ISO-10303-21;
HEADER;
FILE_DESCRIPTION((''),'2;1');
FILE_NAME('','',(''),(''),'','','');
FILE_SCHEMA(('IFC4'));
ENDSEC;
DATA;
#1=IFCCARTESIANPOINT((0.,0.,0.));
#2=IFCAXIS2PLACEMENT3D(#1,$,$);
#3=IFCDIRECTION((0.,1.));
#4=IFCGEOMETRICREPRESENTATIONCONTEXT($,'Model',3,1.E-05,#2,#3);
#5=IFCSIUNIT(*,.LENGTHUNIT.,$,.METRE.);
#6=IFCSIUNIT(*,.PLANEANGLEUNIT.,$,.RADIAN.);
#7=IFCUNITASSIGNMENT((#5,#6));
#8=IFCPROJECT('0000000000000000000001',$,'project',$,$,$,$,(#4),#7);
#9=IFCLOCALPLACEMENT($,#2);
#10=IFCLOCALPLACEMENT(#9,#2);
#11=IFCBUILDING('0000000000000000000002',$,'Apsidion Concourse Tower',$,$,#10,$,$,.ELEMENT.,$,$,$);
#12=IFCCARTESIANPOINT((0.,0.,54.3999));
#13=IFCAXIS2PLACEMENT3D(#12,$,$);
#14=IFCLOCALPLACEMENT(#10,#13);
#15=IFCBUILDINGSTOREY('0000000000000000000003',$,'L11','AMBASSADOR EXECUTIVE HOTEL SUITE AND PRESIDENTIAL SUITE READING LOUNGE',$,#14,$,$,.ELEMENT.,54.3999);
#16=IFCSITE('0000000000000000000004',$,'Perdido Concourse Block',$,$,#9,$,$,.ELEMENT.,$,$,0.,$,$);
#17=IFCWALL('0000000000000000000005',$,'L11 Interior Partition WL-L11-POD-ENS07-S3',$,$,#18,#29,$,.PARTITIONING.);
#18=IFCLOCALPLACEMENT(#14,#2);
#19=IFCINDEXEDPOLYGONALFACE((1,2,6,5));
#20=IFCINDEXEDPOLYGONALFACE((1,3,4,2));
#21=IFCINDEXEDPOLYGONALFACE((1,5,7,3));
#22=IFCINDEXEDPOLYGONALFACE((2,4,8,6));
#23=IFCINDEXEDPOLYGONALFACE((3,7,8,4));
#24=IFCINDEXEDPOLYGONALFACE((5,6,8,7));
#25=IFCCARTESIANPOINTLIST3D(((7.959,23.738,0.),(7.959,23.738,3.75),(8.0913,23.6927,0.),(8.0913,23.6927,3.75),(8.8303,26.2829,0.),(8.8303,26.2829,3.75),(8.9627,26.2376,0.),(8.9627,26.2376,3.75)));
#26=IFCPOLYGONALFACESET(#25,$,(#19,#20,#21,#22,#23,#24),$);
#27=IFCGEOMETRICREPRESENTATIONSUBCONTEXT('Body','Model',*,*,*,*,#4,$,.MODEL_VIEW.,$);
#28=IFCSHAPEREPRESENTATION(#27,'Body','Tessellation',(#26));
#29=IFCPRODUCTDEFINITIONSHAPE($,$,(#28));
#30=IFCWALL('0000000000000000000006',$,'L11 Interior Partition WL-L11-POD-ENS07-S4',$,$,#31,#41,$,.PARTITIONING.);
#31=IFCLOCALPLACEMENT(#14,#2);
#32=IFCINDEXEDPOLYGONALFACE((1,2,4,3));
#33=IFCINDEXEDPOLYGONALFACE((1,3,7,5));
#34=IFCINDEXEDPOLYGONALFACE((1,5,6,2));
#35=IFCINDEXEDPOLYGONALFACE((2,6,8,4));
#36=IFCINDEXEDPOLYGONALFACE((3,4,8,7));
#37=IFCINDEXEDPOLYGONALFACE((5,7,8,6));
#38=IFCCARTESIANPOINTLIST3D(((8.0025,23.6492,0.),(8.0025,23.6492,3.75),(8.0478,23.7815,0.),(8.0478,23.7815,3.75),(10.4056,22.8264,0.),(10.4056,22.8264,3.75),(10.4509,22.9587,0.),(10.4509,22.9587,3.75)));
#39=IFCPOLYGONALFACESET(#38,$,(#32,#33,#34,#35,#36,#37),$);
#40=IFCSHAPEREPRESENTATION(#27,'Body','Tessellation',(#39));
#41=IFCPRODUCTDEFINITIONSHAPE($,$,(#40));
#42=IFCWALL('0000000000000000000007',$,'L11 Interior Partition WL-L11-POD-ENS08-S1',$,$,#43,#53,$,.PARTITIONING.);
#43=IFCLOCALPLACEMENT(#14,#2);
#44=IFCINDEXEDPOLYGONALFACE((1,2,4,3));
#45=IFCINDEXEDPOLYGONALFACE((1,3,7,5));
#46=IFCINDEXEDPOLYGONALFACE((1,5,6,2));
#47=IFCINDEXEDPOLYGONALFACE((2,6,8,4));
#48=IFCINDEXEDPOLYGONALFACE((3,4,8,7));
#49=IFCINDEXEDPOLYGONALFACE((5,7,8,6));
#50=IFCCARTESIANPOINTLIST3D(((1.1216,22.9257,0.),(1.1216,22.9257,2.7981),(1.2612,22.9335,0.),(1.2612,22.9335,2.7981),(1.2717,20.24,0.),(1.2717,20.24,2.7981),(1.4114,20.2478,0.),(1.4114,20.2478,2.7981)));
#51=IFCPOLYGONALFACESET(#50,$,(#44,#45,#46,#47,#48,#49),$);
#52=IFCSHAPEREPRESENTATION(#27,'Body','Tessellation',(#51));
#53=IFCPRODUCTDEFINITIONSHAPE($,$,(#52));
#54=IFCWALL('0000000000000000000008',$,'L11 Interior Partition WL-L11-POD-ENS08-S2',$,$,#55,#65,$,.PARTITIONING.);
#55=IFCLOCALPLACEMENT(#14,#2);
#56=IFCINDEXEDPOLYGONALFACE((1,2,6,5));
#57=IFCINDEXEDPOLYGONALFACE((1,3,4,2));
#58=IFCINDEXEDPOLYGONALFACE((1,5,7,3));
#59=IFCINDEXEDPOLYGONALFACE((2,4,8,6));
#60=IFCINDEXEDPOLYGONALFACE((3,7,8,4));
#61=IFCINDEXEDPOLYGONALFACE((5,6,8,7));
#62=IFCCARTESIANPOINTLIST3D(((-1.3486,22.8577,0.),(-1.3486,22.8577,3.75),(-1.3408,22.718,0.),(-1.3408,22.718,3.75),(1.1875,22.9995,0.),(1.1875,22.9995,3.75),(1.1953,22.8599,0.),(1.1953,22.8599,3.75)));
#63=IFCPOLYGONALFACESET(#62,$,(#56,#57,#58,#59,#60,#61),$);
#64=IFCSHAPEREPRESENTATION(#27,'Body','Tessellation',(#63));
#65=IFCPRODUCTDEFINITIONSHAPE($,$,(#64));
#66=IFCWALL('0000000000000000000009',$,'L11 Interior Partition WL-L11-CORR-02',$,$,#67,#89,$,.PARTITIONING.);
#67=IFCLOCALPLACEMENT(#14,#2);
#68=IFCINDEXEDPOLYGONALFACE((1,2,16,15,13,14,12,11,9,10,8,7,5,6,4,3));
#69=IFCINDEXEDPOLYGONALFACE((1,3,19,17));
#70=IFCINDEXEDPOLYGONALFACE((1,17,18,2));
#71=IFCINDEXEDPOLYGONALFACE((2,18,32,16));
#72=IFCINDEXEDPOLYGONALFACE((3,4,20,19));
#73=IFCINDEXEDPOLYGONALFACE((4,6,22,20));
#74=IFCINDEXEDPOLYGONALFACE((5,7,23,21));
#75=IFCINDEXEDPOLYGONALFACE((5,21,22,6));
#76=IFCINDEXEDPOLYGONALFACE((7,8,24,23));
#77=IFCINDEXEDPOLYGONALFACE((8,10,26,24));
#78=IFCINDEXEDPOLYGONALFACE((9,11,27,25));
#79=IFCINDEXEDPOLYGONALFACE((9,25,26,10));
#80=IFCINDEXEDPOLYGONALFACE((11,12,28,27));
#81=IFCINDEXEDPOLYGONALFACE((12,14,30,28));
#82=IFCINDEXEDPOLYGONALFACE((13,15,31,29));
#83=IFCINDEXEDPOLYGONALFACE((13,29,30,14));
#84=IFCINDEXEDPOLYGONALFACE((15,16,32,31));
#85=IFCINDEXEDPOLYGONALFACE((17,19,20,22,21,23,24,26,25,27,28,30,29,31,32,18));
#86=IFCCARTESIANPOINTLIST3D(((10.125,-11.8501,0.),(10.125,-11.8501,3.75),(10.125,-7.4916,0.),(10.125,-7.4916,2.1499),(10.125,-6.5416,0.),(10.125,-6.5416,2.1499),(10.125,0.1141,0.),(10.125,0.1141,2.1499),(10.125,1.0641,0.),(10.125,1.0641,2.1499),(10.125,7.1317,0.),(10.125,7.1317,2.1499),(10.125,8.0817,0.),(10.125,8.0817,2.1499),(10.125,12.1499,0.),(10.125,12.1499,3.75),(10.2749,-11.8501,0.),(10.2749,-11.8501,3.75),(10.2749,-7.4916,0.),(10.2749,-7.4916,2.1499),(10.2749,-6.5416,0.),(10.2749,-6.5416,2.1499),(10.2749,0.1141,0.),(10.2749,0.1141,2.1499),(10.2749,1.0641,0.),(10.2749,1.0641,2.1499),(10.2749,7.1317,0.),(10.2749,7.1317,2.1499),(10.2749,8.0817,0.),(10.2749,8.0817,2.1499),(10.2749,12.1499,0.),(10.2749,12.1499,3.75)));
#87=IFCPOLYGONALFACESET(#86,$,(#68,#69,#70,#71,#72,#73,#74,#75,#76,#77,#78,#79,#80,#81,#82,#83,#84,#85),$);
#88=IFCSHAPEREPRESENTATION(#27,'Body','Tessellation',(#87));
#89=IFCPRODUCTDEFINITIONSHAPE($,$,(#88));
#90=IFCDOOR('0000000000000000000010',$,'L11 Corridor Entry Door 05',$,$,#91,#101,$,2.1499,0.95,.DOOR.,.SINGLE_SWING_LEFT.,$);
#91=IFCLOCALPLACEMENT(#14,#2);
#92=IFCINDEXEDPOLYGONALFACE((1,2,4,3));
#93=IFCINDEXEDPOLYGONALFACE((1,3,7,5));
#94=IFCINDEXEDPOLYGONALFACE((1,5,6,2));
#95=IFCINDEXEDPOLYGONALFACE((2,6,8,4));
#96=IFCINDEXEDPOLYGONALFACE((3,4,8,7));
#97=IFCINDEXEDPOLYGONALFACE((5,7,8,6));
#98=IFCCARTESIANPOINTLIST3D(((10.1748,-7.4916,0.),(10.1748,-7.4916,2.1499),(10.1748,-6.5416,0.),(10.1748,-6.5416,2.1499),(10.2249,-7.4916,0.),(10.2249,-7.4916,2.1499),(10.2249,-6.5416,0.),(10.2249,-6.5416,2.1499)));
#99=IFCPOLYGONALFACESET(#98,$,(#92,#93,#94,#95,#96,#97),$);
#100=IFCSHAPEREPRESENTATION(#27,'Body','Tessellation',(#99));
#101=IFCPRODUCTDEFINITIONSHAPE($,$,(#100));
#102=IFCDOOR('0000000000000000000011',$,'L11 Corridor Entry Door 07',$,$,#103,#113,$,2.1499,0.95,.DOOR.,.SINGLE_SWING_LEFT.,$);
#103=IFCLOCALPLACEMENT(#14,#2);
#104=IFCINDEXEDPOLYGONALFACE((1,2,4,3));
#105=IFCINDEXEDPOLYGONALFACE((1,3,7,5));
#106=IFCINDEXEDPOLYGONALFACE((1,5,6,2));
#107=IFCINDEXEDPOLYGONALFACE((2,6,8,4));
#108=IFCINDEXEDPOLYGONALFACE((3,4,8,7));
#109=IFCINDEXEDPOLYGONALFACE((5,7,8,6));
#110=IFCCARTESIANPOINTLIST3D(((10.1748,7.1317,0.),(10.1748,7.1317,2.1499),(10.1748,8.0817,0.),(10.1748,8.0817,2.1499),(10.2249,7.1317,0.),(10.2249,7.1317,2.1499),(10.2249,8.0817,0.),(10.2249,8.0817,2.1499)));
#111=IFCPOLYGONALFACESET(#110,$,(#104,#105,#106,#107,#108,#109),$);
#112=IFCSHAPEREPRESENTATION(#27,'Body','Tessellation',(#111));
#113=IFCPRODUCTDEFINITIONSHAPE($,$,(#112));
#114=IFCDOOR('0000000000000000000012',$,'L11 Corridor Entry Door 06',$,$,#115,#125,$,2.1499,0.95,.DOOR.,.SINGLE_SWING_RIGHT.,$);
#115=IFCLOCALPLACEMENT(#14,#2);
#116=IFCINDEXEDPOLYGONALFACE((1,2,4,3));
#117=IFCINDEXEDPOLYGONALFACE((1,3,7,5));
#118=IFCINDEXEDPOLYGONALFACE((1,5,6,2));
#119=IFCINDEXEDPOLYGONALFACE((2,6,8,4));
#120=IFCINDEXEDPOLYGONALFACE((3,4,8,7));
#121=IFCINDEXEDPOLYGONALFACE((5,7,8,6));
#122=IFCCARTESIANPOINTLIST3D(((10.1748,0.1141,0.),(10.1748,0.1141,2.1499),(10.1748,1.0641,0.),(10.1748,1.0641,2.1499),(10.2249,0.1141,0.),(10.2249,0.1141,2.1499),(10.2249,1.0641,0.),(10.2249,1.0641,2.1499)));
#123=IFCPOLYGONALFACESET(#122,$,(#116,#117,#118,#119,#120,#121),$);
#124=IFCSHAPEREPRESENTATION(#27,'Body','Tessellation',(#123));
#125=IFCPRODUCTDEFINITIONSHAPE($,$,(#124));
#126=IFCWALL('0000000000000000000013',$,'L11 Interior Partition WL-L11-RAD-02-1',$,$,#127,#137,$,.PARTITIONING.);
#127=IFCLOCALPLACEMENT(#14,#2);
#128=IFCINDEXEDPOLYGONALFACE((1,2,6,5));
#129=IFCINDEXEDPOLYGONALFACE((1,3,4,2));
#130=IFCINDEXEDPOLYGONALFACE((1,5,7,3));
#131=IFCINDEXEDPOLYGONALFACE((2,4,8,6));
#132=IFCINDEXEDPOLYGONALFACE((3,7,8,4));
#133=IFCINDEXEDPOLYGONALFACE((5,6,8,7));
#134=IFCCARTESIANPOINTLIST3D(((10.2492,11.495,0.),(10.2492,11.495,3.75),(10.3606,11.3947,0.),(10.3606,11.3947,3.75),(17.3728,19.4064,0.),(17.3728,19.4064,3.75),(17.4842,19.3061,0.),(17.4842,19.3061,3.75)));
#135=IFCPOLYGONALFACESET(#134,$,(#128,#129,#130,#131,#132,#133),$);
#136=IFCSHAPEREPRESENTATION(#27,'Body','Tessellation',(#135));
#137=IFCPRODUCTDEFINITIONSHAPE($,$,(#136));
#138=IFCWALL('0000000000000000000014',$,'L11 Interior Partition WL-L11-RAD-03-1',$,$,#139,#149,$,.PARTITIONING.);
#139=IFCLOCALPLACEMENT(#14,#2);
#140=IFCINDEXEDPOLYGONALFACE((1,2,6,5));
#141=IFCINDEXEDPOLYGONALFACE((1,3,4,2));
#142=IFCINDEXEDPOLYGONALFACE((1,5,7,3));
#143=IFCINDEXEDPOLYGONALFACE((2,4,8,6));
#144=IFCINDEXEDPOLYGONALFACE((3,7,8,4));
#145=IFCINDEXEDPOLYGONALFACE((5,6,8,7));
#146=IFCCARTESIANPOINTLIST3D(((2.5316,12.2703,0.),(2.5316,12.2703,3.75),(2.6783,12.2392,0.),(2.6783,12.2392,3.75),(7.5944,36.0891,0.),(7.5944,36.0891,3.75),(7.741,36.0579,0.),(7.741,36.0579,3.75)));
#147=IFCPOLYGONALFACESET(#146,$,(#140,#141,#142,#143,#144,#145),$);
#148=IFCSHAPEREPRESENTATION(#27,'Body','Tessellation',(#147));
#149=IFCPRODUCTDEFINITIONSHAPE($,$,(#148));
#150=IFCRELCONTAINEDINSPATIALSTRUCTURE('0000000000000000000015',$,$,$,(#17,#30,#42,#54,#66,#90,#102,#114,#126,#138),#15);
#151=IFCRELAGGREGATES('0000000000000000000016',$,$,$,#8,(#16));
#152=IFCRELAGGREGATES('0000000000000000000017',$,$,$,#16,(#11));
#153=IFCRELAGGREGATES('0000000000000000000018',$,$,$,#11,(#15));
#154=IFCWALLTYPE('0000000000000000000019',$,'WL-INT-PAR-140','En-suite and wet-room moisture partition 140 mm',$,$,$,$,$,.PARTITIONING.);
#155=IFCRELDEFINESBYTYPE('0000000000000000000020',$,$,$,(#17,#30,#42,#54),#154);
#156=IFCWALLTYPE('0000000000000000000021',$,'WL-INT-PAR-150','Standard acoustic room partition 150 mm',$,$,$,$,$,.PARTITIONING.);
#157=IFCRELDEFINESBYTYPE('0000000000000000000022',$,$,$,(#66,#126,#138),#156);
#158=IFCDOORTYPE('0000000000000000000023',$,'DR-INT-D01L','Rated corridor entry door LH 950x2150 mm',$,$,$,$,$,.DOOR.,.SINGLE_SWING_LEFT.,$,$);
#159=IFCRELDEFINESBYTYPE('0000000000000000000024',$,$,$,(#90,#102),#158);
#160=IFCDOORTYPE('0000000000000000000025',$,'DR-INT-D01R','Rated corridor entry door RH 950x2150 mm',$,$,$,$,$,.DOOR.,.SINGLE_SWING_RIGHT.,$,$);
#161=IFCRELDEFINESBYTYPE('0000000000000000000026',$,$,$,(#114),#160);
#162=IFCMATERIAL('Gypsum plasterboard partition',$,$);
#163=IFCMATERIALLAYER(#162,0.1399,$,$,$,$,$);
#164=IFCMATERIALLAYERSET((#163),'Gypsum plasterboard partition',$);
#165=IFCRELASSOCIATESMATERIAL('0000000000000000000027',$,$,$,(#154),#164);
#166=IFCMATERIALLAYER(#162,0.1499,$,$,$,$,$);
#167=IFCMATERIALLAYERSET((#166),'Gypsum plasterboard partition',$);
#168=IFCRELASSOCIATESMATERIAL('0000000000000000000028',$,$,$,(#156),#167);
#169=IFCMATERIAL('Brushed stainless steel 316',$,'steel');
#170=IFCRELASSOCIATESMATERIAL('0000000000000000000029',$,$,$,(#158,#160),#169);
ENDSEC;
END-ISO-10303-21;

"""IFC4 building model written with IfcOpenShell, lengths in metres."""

from ifc_helpers import new_model, si_unit, direction, frame, frame_2d, origin, place, context, subcontext, project, spatial, rectangle, extrude, material, layer, layer_set, type_object, element, fill, save


model = new_model("IFC4")

# Units and contexts
model_context = context("Model", 3, precision=1e-05, world=origin(), true_north=direction((0.0, 1.0)))
body_context = subcontext(model_context, "Body", "Model", "MODEL_VIEW")
ifc_project = project(units=[si_unit("LENGTHUNIT", "METRE"), si_unit("PLANEANGLEUNIT", "RADIAN")], contexts=[model_context])

# Site, building, storey
site_placement = place(None, origin())
site = spatial("IfcSite", under=ifc_project, at=site_placement, Name="Perdido Concourse Block", CompositionType="ELEMENT", RefElevation=0.0)
building_placement = place(site_placement, origin())
building = spatial("IfcBuilding", under=site, at=building_placement, Name="Apsidion Concourse Tower", CompositionType="ELEMENT")
storey_placement = place(building_placement, frame((0.0, 0.0, 54.3999)))
storey = spatial("IfcBuildingStorey", under=building, at=storey_placement, Name="L11", Description="AMBASSADOR EXECUTIVE HOTEL SUITE AND PRESIDENTIAL SUITE READING LOUNGE", CompositionType="ELEMENT", Elevation=54.3999)

# Shared definitions
ifc_material_1 = material(Name="Gypsum plasterboard partition")
ifc_layer_1 = layer(ifc_material_1, 0.1399)
ifc_layer_set_1 = layer_set([ifc_layer_1], Name="Gypsum plasterboard partition")
wall_type_1 = type_object("IfcWallType", Name="WL-INT-PAR-140", Description="En-suite and wet-room moisture partition 140 mm", PredefinedType="PARTITIONING", material=ifc_layer_set_1)

# Walls
wall_1_placement = place(storey_placement, frame((8.8965, 26.2603, 0.0), z_axis=(0.0, 0.0, 1.0), x_axis=(-0.323923, -0.946083, 0.0)))
element("IfcWall", 1, at=wall_1_placement, inside=storey, type_object=wall_type_1, Name="L11 Interior Partition WL-L11-POD-ENS07-S3", PredefinedType="PARTITIONING", context=body_context, shape_type="SweptSolid", body=[
    extrude(rectangle(XDim=2.6899, YDim=0.1399, at=frame_2d((1.345, 0.0))), origin(), (0.0, 0.0, 1.0), 3.75),
])
wall_2_placement = place(storey_placement, frame((8.0251, 23.7153, 0.0), z_axis=(0.0, 0.0, 1.0), x_axis=(0.946086, -0.323916, 0.0)))
element("IfcWall", 2, at=wall_2_placement, inside=storey, type_object=wall_type_1, Name="L11 Interior Partition WL-L11-POD-ENS07-S4", PredefinedType="PARTITIONING", context=body_context, shape_type="SweptSolid", body=[
    extrude(rectangle(XDim=2.54, YDim=0.1399, at=frame_2d((1.27, 0.0))), origin(), (0.0, 0.0, 1.0), 3.75),
])
wall_3_placement = place(storey_placement, frame((1.3416, 20.2439, 0.0), z_axis=(0.0, 0.0, 1.0), x_axis=(-0.055817, 0.998441, 0.0)))
element("IfcWall", 3, at=wall_3_placement, inside=storey, type_object=wall_type_1, Name="L11 Interior Partition WL-L11-POD-ENS08-S1", PredefinedType="PARTITIONING", context=body_context, shape_type="SweptSolid", body=[
    extrude(rectangle(XDim=2.6899, YDim=0.1399, at=frame_2d((1.345, 0.0))), origin(), (0.0, 0.0, 1.0), 2.7981),
])
wall_4_placement = place(storey_placement, frame((1.1914, 22.9297, 0.0), z_axis=(0.0, 0.0, 1.0), x_axis=(-0.99844, -0.055843, 0.0)))
element("IfcWall", 4, at=wall_4_placement, inside=storey, type_object=wall_type_1, Name="L11 Interior Partition WL-L11-POD-ENS08-S2", PredefinedType="PARTITIONING", context=body_context, shape_type="SweptSolid", body=[
    extrude(rectangle(XDim=2.54, YDim=0.1399, at=frame_2d((1.27, 0.0))), origin(), (0.0, 0.0, 1.0), 3.75),
])

# Wall, openings, doors
ifc_layer_2 = layer(ifc_material_1, 0.1499)
ifc_layer_set_2 = layer_set([ifc_layer_2], Name="Gypsum plasterboard partition")
wall_type_2 = type_object("IfcWallType", Name="WL-INT-PAR-150", Description="Standard acoustic room partition 150 mm", PredefinedType="PARTITIONING", material=ifc_layer_set_2)
wall_5_placement = place(storey_placement, frame((10.2, 12.1499, 0.0), z_axis=(0.0, 0.0, 1.0), x_axis=(0.0, -1.0, 0.0)))
wall_5 = element("IfcWall", 5, at=wall_5_placement, inside=storey, type_object=wall_type_2, Name="L11 Interior Partition WL-L11-CORR-02", PredefinedType="PARTITIONING", context=body_context, shape_type="SweptSolid", body=[
    extrude(rectangle(XDim=24.0, YDim=0.1499, at=frame_2d((12.0, 0.0))), origin(), (0.0, 0.0, 1.0), 3.75),
])
opening_1_placement = place(wall_5_placement, frame((18.6914, 0.0, 0.0)))
opening_1 = element("IfcOpeningElement", 6, at=opening_1_placement, cuts=wall_5, PredefinedType="OPENING", context=body_context, shape_type="SweptSolid", body=[
    extrude(rectangle(XDim=0.95, YDim=2.1499, at=frame_2d((0.4751, 1.075))), frame((0.0, 0.085, 0.0), z_axis=(0.0, -1.0, 0.0), x_axis=(1.0, 0.0, 0.0)), (0.0, 0.0, 1.0), 0.1699),
])
opening_2_placement = place(wall_5_placement, frame((11.0857, 0.0, 0.0)))
opening_2 = element("IfcOpeningElement", 7, at=opening_2_placement, cuts=wall_5, PredefinedType="OPENING", context=body_context, shape_type="SweptSolid", body=[
    extrude(rectangle(XDim=0.95, YDim=2.1499, at=frame_2d((0.4751, 1.075))), frame((0.0, 0.085, 0.0), z_axis=(0.0, -1.0, 0.0), x_axis=(1.0, 0.0, 0.0)), (0.0, 0.0, 1.0), 0.1699),
])
opening_3_placement = place(wall_5_placement, frame((4.0681, 0.0, 0.0)))
opening_3 = element("IfcOpeningElement", 8, at=opening_3_placement, cuts=wall_5, PredefinedType="OPENING", context=body_context, shape_type="SweptSolid", body=[
    extrude(rectangle(XDim=0.95, YDim=2.1499, at=frame_2d((0.4751, 1.075))), frame((0.0, 0.085, 0.0), z_axis=(0.0, -1.0, 0.0), x_axis=(1.0, 0.0, 0.0)), (0.0, 0.0, 1.0), 0.1699),
])
ifc_material_2 = material(Name="Brushed stainless steel 316", Category="steel")
door_type_1 = type_object("IfcDoorType", Name="DR-INT-D01L", Description="Rated corridor entry door LH 950x2150 mm", OperationType="SINGLE_SWING_LEFT", PredefinedType="DOOR", material=ifc_material_2)
door_1_placement = place(opening_1_placement, origin())
door_1 = element("IfcDoor", 9, at=door_1_placement, inside=storey, type_object=door_type_1, Name="L11 Corridor Entry Door 05", OperationType="SINGLE_SWING_LEFT", OverallHeight=2.1499, OverallWidth=0.95, PredefinedType="DOOR", context=body_context, shape_type="SweptSolid", body=[
    extrude(rectangle(XDim=0.95, YDim=2.1499, at=frame_2d((0.4751, 1.075))), frame((0.0, 0.0249, 0.0), z_axis=(0.0, -1.0, 0.0), x_axis=(1.0, 0.0, 0.0)), (0.0, 0.0, 1.0), 0.05),
])
fill(opening_1, door_1)
door_2_placement = place(opening_3_placement, origin())
door_2 = element("IfcDoor", 10, at=door_2_placement, inside=storey, type_object=door_type_1, Name="L11 Corridor Entry Door 07", OperationType="SINGLE_SWING_LEFT", OverallHeight=2.1499, OverallWidth=0.95, PredefinedType="DOOR", context=body_context, shape_type="SweptSolid", body=[
    extrude(rectangle(XDim=0.95, YDim=2.1499, at=frame_2d((0.4751, 1.075))), frame((0.0, 0.0249, 0.0), z_axis=(0.0, -1.0, 0.0), x_axis=(1.0, 0.0, 0.0)), (0.0, 0.0, 1.0), 0.05),
])
fill(opening_3, door_2)
door_type_2 = type_object("IfcDoorType", Name="DR-INT-D01R", Description="Rated corridor entry door RH 950x2150 mm", OperationType="SINGLE_SWING_RIGHT", PredefinedType="DOOR", material=ifc_material_2)
door_3_placement = place(opening_2_placement, origin())
door_3 = element("IfcDoor", 11, at=door_3_placement, inside=storey, type_object=door_type_2, Name="L11 Corridor Entry Door 06", OperationType="SINGLE_SWING_RIGHT", OverallHeight=2.1499, OverallWidth=0.95, PredefinedType="DOOR", context=body_context, shape_type="SweptSolid", body=[
    extrude(rectangle(XDim=0.95, YDim=2.1499, at=frame_2d((0.4751, 1.075))), frame((0.0, 0.0249, 0.0), z_axis=(0.0, -1.0, 0.0), x_axis=(1.0, 0.0, 0.0)), (0.0, 0.0, 1.0), 0.05),
])
fill(opening_2, door_3)

# Walls
wall_6_placement = place(storey_placement, frame((10.3049, 11.4448, 0.0), z_axis=(0.0, 0.0, 1.0), x_axis=(0.669136, 0.74314, 0.0)))
element("IfcWall", 12, at=wall_6_placement, inside=storey, type_object=wall_type_2, Name="L11 Interior Partition WL-L11-RAD-02-1", PredefinedType="PARTITIONING", context=body_context, shape_type="SweptSolid", body=[
    extrude(rectangle(XDim=10.646, YDim=0.1499, at=frame_2d((5.323, 0.0))), origin(), (0.0, 0.0, 1.0), 3.75),
])
wall_7_placement = place(storey_placement, frame((2.605, 12.2549, 0.0), z_axis=(0.0, 0.0, 1.0), x_axis=(0.207909, 0.978148, 0.0)))
element("IfcWall", 13, at=wall_7_placement, inside=storey, type_object=wall_type_2, Name="L11 Interior Partition WL-L11-RAD-03-1", PredefinedType="PARTITIONING", context=body_context, shape_type="SweptSolid", body=[
    extrude(rectangle(XDim=24.3508, YDim=0.1499, at=frame_2d((12.1753, 0.0))), origin(), (0.0, 0.0, 1.0), 3.75),
])

save(model, "model.ifc")
